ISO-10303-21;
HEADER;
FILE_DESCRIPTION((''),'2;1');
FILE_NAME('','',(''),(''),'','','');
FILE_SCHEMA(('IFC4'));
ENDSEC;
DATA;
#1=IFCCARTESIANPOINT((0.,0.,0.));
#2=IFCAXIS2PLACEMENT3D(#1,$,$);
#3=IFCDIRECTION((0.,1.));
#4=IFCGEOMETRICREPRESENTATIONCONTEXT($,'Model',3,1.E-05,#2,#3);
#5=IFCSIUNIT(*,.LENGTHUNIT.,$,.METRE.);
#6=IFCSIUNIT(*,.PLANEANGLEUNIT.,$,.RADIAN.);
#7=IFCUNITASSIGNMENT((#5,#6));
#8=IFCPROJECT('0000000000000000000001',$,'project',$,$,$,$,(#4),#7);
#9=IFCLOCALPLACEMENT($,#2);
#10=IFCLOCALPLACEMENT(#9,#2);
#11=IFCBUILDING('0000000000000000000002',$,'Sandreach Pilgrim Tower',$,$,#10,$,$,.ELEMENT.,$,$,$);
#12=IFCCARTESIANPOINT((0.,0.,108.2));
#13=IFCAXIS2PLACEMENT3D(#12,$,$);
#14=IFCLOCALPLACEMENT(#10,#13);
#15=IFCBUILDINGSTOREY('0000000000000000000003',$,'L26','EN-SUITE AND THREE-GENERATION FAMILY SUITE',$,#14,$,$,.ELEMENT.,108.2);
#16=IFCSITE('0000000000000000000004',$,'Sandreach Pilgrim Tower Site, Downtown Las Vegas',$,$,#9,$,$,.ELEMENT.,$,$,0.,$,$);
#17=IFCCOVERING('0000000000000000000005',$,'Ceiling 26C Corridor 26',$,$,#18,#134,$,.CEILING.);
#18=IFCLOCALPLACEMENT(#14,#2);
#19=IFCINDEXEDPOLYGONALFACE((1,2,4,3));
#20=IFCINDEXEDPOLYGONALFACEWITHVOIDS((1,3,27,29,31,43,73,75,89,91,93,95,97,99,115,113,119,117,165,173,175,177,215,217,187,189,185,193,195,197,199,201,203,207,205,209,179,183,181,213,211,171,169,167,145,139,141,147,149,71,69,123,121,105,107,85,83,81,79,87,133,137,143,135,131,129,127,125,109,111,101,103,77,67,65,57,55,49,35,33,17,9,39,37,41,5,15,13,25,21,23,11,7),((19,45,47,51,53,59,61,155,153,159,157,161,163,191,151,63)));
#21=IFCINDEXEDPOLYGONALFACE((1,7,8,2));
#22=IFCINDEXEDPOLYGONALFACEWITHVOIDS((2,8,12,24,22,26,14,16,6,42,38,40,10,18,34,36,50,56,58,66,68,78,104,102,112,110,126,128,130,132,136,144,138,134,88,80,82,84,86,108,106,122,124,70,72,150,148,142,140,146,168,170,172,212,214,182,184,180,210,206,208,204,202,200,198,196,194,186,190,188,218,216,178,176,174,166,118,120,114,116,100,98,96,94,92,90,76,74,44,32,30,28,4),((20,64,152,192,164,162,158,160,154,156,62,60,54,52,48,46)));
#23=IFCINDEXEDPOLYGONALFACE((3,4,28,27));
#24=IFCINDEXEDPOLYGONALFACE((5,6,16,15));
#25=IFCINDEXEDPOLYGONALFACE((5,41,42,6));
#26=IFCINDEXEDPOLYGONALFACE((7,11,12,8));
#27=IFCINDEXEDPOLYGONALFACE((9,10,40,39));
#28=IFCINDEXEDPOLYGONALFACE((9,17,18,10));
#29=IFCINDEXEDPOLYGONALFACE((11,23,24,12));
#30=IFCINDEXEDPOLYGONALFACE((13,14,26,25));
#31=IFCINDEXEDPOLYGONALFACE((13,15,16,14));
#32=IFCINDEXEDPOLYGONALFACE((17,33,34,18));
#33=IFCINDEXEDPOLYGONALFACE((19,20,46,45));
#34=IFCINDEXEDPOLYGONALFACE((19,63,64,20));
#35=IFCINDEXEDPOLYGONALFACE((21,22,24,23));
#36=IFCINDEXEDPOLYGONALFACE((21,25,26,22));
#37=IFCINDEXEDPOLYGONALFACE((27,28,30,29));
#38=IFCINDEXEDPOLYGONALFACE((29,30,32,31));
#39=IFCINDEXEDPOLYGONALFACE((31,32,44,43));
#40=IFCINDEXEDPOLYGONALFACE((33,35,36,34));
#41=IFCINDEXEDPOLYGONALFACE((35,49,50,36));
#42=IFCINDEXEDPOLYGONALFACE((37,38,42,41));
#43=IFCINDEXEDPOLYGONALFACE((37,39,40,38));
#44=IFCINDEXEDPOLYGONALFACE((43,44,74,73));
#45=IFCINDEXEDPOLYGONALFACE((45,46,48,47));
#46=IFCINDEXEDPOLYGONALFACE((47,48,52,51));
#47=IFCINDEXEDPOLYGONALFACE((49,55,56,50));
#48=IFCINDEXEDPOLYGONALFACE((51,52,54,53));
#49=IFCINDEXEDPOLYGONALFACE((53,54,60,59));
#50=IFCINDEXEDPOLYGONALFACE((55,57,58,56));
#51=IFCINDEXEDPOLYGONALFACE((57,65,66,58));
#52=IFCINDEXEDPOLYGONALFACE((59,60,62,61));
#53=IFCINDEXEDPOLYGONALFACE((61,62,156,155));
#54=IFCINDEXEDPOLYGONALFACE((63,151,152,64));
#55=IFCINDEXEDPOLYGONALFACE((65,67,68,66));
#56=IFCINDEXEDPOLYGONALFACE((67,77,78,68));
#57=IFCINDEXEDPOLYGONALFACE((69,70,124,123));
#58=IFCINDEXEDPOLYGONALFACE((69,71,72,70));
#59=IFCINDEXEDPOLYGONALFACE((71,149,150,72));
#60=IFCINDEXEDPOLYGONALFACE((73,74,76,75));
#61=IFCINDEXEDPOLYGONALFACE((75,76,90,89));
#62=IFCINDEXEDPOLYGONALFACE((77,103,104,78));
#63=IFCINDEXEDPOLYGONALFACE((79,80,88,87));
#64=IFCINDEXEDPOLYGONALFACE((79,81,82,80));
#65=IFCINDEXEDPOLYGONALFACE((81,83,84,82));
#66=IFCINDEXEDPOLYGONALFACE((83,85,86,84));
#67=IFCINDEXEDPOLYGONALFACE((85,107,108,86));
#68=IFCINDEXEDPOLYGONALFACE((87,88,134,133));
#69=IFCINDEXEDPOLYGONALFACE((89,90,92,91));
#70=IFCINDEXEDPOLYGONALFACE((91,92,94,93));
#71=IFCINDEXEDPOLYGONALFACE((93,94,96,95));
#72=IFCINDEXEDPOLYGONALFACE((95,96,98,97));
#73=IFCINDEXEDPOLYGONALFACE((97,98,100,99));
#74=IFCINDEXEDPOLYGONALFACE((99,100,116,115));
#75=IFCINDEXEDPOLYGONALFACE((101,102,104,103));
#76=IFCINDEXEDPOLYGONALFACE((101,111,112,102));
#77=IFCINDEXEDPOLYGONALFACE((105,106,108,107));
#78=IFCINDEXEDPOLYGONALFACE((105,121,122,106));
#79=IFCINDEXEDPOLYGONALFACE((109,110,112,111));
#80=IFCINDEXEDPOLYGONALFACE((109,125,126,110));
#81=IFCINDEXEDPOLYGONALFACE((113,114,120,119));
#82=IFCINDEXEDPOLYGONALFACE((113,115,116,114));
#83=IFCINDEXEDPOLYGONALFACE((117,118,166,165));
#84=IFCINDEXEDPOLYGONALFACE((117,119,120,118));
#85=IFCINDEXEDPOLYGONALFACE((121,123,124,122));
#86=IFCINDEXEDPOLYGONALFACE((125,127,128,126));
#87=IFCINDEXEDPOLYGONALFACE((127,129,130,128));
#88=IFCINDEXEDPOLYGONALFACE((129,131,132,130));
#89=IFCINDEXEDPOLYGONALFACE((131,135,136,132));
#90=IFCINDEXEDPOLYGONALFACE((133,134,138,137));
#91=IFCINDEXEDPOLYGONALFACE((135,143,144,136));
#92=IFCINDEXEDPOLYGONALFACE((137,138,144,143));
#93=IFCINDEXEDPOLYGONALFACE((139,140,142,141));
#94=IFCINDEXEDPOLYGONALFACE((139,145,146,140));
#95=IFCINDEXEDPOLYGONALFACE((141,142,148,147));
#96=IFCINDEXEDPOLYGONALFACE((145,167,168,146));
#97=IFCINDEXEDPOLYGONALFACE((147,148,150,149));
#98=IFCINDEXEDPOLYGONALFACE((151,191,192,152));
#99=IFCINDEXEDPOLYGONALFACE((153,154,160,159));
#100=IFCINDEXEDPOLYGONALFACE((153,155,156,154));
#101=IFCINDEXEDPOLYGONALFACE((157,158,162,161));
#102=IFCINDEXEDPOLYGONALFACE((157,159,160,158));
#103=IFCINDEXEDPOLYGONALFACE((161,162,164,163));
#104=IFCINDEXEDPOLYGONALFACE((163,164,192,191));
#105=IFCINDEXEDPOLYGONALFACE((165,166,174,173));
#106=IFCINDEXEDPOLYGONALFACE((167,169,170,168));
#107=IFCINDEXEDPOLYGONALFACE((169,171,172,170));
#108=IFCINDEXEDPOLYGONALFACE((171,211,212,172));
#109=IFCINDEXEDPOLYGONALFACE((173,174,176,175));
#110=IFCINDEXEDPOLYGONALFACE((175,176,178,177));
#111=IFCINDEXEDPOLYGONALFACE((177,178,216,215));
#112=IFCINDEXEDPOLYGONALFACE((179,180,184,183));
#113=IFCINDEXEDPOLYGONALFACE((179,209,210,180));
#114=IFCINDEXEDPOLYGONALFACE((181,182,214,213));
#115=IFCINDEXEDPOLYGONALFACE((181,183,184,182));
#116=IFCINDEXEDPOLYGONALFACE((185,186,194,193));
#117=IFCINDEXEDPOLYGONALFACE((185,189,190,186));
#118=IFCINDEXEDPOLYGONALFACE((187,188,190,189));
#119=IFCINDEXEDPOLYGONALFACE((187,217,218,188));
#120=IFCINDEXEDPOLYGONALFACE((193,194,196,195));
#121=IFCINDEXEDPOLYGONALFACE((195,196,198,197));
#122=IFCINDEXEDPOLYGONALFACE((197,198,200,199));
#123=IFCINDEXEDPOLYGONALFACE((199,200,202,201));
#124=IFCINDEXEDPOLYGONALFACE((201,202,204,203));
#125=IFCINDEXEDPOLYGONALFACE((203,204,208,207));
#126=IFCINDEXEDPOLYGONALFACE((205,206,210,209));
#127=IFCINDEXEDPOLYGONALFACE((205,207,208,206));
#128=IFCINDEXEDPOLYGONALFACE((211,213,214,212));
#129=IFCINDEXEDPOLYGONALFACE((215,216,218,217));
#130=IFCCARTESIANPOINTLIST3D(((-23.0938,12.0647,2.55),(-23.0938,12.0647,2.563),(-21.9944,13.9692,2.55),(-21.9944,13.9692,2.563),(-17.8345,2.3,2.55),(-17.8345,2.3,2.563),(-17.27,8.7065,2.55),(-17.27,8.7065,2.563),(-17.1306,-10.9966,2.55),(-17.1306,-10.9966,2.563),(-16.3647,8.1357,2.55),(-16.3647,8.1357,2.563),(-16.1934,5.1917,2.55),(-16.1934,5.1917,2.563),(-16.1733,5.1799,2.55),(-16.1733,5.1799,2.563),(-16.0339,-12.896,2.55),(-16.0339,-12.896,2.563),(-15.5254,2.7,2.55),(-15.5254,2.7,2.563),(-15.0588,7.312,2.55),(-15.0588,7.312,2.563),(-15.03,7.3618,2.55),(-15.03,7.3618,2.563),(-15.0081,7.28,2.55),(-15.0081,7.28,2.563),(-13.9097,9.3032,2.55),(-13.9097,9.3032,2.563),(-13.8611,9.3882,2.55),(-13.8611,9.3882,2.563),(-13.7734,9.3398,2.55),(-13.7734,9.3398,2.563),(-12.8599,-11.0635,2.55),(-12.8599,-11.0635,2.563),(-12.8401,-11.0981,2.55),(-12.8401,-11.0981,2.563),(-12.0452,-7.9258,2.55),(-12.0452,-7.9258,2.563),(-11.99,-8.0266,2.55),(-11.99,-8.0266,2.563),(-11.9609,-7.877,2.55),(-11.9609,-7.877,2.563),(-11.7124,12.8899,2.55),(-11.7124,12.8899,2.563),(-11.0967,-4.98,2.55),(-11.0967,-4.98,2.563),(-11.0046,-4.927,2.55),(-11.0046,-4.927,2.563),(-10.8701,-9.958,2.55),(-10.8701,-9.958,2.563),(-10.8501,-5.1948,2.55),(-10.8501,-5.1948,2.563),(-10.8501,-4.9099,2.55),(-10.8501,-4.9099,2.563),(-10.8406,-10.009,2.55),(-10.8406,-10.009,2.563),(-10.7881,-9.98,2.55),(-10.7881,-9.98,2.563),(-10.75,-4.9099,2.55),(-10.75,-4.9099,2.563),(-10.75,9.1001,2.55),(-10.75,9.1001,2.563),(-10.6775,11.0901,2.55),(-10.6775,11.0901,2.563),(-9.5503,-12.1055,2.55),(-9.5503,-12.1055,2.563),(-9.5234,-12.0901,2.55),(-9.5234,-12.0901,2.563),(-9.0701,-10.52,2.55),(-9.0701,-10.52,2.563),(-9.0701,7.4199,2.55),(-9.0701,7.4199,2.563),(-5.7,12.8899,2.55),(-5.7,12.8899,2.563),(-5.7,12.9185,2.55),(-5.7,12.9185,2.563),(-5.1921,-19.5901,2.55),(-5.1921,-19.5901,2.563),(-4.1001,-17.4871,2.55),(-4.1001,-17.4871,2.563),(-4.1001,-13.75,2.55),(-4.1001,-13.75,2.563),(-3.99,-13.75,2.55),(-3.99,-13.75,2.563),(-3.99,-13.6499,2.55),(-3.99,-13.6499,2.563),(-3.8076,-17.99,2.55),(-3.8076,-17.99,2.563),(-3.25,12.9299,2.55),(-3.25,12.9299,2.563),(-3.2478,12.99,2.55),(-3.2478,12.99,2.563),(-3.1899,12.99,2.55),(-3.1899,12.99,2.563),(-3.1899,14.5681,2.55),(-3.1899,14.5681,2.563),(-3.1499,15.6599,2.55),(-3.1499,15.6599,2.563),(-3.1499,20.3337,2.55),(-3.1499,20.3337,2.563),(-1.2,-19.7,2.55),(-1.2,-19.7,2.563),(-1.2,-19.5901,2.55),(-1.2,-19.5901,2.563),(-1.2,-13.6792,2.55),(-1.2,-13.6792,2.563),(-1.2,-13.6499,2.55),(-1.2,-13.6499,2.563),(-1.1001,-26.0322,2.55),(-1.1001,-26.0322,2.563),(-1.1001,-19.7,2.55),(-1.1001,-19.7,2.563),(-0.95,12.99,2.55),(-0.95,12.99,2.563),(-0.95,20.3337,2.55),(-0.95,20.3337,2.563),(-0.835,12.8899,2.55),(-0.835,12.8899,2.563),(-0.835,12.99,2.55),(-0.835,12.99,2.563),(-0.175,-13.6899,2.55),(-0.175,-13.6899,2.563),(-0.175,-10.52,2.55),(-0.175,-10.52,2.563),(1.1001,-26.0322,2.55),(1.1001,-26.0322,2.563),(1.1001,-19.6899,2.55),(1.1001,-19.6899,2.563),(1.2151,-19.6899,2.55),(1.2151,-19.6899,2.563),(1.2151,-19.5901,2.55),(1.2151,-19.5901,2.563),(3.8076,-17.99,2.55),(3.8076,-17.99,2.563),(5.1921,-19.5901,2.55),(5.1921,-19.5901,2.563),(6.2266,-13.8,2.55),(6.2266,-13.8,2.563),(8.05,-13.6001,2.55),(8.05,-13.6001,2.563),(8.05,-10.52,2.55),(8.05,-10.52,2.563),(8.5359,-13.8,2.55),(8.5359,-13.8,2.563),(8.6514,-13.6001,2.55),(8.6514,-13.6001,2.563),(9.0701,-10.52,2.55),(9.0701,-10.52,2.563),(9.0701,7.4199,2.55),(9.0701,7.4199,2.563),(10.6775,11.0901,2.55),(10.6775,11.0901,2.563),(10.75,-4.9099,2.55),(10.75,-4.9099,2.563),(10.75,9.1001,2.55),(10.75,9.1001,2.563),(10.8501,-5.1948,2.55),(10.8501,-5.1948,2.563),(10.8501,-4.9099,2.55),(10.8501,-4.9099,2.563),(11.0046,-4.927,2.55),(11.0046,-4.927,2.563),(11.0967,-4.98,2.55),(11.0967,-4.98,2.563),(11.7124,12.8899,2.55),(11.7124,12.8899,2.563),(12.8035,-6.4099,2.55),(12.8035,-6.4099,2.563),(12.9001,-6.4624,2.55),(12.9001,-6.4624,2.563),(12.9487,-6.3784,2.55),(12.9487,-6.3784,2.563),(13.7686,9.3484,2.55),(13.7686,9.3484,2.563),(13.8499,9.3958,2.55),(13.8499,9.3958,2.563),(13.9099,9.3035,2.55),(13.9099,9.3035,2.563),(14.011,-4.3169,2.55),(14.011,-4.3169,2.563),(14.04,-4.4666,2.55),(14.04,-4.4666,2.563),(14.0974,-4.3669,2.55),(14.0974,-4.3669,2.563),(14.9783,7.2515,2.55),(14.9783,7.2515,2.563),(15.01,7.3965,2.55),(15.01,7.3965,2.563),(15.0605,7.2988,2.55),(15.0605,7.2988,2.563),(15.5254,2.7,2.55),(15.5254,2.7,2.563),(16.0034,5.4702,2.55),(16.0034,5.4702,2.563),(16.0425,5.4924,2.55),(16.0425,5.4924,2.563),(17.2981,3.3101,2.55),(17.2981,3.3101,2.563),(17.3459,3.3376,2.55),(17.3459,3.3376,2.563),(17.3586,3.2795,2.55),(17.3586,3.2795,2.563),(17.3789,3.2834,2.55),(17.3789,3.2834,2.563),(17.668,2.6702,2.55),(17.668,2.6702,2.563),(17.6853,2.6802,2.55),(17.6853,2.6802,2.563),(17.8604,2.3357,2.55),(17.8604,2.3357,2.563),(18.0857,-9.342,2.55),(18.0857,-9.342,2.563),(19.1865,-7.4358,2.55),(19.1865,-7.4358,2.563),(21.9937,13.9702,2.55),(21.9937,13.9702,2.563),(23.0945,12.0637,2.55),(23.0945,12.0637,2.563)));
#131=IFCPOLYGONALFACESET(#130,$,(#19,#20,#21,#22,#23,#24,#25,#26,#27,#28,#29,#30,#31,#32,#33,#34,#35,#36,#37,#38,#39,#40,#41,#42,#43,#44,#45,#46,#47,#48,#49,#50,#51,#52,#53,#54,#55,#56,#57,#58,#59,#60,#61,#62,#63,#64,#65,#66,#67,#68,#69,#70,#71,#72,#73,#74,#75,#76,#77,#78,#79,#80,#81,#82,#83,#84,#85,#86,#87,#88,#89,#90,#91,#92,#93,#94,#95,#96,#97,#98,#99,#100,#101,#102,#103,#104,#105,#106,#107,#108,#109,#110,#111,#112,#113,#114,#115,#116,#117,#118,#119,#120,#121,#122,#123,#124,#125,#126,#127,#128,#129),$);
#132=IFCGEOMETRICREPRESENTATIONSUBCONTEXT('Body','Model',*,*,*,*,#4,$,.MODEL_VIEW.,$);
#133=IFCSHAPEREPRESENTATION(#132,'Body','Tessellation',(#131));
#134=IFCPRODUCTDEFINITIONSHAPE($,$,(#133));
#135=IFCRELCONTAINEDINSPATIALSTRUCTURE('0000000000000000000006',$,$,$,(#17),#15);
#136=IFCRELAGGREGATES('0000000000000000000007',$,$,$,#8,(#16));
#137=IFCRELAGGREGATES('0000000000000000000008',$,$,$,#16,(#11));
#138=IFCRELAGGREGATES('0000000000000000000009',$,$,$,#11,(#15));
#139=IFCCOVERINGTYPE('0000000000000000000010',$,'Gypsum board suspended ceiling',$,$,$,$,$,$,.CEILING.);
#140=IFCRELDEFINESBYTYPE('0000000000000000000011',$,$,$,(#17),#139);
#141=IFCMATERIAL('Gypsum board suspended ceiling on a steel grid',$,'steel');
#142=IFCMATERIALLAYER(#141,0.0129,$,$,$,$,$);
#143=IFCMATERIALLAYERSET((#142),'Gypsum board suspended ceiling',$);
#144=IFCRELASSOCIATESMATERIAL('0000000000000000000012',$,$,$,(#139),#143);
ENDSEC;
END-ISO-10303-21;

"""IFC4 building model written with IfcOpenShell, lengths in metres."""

from ifc_helpers import new_model, si_unit, direction, frame, origin, place, context, subcontext, project, spatial, polyline, outline, extrude, material, layer, layer_set, type_object, element, save


model = new_model("IFC4")

# Units and contexts
model_context = context("Model", 3, precision=1e-05, world=origin(), true_north=direction((0.0, 1.0)))
body_context = subcontext(model_context, "Body", "Model", "MODEL_VIEW")
ifc_project = project(units=[si_unit("LENGTHUNIT", "METRE"), si_unit("PLANEANGLEUNIT", "RADIAN")], contexts=[model_context])

# Site, building, storey
site_placement = place(None, origin())
site = spatial("IfcSite", under=ifc_project, at=site_placement, Name="Sandreach Pilgrim Tower Site, Downtown Las Vegas", CompositionType="ELEMENT", RefElevation=0.0)
building_placement = place(site_placement, origin())
building = spatial("IfcBuilding", under=site, at=building_placement, Name="Sandreach Pilgrim Tower", CompositionType="ELEMENT")
storey_placement = place(building_placement, frame((0.0, 0.0, 108.2)))
storey = spatial("IfcBuildingStorey", under=building, at=storey_placement, Name="L26", Description="EN-SUITE AND THREE-GENERATION FAMILY SUITE", CompositionType="ELEMENT", Elevation=108.2)

# Covering
ifc_material_1 = material(Name="Gypsum board suspended ceiling on a steel grid", Category="steel")
ifc_layer_1 = layer(ifc_material_1, 0.0129)
ifc_layer_set_1 = layer_set([ifc_layer_1], Name="Gypsum board suspended ceiling")
covering_type_1 = type_object("IfcCoveringType", Name="Gypsum board suspended ceiling", PredefinedType="CEILING", material=ifc_layer_set_1)
covering_1_placement = place(storey_placement, frame((0.0, 0.0, 2.55)))
element("IfcCovering", 1, at=covering_1_placement, inside=storey, type_object=covering_type_1, Name="Ceiling 26C Corridor 26", PredefinedType="CEILING", context=body_context, shape_type="SweptSolid", body=[
    extrude(outline(polyline([(-23.0938, 12.0647), (-21.9944, 13.9692), (-13.9097, 9.3032), (-13.8611, 9.3882), (-13.7734, 9.3398), (-11.7124, 12.8899), (-5.7, 12.8899), (-5.7, 12.9185), (-3.25, 12.9299), (-3.2478, 12.99), (-3.1899, 12.99), (-3.1899, 14.5681), (-3.1499, 15.6599), (-3.1499, 20.3337), (-0.95, 20.3337), (-0.95, 12.99), (-0.835, 12.99), (-0.835, 12.8899), (11.7124, 12.8899), (13.7686, 9.3484), (13.8499, 9.3958), (13.9099, 9.3035), (21.9937, 13.9702), (23.0945, 12.0637), (15.01, 7.3965), (15.0605, 7.2988), (14.9783, 7.2515), (16.0034, 5.4702), (16.0425, 5.4924), (17.2981, 3.3101), (17.3459, 3.3376), (17.3586, 3.2795), (17.3789, 3.2834), (17.6853, 2.6802), (17.668, 2.6702), (17.8604, 2.3357), (14.011, -4.3169), (14.0974, -4.3669), (14.04, -4.4666), (19.1865, -7.4358), (18.0857, -9.342), (12.9487, -6.3784), (12.9001, -6.4624), (12.8035, -6.4099), (8.6514, -13.6001), (8.05, -13.6001), (8.05, -10.52), (9.0701, -10.52), (9.0701, 7.4199), (-9.0701, 7.4199), (-9.0701, -10.52), (-0.175, -10.52), (-0.175, -13.6899), (-1.2, -13.6792), (-1.2, -13.6499), (-3.99, -13.6499), (-3.99, -13.75), (-4.1001, -13.75), (-4.1001, -17.4871), (-3.8076, -17.99), (3.8076, -17.99), (6.2266, -13.8), (8.5359, -13.8), (5.1921, -19.5901), (1.2151, -19.5901), (1.2151, -19.6899), (1.1001, -19.6899), (1.1001, -26.0322), (-1.1001, -26.0322), (-1.1001, -19.7), (-1.2, -19.7), (-1.2, -19.5901), (-5.1921, -19.5901), (-9.5234, -12.0901), (-9.5503, -12.1055), (-10.7881, -9.98), (-10.8406, -10.009), (-10.8701, -9.958), (-12.8401, -11.0981), (-12.8599, -11.0635), (-16.0339, -12.896), (-17.1306, -10.9966), (-11.99, -8.0266), (-12.0452, -7.9258), (-11.9609, -7.877), (-17.8345, 2.3), (-16.1733, 5.1799), (-16.1934, 5.1917), (-15.0081, 7.28), (-15.0588, 7.312), (-15.03, 7.3618), (-16.3647, 8.1357), (-17.27, 8.7065), (-23.0938, 12.0647)]), holes=[polyline([(-15.5254, 2.7), (-11.0967, -4.98), (-11.0046, -4.927), (-10.8501, -5.1948), (-10.8501, -4.9099), (-10.75, -4.9099), (-10.75, 9.1001), (10.75, 9.1001), (10.75, -4.9099), (10.8501, -4.9099), (10.8501, -5.1948), (11.0046, -4.927), (11.0967, -4.98), (15.5254, 2.7), (10.6775, 11.0901), (-10.6775, 11.0901), (-15.5254, 2.7)])]), origin(), (0.0, 0.0, 1.0), 0.0129),
])

save(model, "model.ifc")
